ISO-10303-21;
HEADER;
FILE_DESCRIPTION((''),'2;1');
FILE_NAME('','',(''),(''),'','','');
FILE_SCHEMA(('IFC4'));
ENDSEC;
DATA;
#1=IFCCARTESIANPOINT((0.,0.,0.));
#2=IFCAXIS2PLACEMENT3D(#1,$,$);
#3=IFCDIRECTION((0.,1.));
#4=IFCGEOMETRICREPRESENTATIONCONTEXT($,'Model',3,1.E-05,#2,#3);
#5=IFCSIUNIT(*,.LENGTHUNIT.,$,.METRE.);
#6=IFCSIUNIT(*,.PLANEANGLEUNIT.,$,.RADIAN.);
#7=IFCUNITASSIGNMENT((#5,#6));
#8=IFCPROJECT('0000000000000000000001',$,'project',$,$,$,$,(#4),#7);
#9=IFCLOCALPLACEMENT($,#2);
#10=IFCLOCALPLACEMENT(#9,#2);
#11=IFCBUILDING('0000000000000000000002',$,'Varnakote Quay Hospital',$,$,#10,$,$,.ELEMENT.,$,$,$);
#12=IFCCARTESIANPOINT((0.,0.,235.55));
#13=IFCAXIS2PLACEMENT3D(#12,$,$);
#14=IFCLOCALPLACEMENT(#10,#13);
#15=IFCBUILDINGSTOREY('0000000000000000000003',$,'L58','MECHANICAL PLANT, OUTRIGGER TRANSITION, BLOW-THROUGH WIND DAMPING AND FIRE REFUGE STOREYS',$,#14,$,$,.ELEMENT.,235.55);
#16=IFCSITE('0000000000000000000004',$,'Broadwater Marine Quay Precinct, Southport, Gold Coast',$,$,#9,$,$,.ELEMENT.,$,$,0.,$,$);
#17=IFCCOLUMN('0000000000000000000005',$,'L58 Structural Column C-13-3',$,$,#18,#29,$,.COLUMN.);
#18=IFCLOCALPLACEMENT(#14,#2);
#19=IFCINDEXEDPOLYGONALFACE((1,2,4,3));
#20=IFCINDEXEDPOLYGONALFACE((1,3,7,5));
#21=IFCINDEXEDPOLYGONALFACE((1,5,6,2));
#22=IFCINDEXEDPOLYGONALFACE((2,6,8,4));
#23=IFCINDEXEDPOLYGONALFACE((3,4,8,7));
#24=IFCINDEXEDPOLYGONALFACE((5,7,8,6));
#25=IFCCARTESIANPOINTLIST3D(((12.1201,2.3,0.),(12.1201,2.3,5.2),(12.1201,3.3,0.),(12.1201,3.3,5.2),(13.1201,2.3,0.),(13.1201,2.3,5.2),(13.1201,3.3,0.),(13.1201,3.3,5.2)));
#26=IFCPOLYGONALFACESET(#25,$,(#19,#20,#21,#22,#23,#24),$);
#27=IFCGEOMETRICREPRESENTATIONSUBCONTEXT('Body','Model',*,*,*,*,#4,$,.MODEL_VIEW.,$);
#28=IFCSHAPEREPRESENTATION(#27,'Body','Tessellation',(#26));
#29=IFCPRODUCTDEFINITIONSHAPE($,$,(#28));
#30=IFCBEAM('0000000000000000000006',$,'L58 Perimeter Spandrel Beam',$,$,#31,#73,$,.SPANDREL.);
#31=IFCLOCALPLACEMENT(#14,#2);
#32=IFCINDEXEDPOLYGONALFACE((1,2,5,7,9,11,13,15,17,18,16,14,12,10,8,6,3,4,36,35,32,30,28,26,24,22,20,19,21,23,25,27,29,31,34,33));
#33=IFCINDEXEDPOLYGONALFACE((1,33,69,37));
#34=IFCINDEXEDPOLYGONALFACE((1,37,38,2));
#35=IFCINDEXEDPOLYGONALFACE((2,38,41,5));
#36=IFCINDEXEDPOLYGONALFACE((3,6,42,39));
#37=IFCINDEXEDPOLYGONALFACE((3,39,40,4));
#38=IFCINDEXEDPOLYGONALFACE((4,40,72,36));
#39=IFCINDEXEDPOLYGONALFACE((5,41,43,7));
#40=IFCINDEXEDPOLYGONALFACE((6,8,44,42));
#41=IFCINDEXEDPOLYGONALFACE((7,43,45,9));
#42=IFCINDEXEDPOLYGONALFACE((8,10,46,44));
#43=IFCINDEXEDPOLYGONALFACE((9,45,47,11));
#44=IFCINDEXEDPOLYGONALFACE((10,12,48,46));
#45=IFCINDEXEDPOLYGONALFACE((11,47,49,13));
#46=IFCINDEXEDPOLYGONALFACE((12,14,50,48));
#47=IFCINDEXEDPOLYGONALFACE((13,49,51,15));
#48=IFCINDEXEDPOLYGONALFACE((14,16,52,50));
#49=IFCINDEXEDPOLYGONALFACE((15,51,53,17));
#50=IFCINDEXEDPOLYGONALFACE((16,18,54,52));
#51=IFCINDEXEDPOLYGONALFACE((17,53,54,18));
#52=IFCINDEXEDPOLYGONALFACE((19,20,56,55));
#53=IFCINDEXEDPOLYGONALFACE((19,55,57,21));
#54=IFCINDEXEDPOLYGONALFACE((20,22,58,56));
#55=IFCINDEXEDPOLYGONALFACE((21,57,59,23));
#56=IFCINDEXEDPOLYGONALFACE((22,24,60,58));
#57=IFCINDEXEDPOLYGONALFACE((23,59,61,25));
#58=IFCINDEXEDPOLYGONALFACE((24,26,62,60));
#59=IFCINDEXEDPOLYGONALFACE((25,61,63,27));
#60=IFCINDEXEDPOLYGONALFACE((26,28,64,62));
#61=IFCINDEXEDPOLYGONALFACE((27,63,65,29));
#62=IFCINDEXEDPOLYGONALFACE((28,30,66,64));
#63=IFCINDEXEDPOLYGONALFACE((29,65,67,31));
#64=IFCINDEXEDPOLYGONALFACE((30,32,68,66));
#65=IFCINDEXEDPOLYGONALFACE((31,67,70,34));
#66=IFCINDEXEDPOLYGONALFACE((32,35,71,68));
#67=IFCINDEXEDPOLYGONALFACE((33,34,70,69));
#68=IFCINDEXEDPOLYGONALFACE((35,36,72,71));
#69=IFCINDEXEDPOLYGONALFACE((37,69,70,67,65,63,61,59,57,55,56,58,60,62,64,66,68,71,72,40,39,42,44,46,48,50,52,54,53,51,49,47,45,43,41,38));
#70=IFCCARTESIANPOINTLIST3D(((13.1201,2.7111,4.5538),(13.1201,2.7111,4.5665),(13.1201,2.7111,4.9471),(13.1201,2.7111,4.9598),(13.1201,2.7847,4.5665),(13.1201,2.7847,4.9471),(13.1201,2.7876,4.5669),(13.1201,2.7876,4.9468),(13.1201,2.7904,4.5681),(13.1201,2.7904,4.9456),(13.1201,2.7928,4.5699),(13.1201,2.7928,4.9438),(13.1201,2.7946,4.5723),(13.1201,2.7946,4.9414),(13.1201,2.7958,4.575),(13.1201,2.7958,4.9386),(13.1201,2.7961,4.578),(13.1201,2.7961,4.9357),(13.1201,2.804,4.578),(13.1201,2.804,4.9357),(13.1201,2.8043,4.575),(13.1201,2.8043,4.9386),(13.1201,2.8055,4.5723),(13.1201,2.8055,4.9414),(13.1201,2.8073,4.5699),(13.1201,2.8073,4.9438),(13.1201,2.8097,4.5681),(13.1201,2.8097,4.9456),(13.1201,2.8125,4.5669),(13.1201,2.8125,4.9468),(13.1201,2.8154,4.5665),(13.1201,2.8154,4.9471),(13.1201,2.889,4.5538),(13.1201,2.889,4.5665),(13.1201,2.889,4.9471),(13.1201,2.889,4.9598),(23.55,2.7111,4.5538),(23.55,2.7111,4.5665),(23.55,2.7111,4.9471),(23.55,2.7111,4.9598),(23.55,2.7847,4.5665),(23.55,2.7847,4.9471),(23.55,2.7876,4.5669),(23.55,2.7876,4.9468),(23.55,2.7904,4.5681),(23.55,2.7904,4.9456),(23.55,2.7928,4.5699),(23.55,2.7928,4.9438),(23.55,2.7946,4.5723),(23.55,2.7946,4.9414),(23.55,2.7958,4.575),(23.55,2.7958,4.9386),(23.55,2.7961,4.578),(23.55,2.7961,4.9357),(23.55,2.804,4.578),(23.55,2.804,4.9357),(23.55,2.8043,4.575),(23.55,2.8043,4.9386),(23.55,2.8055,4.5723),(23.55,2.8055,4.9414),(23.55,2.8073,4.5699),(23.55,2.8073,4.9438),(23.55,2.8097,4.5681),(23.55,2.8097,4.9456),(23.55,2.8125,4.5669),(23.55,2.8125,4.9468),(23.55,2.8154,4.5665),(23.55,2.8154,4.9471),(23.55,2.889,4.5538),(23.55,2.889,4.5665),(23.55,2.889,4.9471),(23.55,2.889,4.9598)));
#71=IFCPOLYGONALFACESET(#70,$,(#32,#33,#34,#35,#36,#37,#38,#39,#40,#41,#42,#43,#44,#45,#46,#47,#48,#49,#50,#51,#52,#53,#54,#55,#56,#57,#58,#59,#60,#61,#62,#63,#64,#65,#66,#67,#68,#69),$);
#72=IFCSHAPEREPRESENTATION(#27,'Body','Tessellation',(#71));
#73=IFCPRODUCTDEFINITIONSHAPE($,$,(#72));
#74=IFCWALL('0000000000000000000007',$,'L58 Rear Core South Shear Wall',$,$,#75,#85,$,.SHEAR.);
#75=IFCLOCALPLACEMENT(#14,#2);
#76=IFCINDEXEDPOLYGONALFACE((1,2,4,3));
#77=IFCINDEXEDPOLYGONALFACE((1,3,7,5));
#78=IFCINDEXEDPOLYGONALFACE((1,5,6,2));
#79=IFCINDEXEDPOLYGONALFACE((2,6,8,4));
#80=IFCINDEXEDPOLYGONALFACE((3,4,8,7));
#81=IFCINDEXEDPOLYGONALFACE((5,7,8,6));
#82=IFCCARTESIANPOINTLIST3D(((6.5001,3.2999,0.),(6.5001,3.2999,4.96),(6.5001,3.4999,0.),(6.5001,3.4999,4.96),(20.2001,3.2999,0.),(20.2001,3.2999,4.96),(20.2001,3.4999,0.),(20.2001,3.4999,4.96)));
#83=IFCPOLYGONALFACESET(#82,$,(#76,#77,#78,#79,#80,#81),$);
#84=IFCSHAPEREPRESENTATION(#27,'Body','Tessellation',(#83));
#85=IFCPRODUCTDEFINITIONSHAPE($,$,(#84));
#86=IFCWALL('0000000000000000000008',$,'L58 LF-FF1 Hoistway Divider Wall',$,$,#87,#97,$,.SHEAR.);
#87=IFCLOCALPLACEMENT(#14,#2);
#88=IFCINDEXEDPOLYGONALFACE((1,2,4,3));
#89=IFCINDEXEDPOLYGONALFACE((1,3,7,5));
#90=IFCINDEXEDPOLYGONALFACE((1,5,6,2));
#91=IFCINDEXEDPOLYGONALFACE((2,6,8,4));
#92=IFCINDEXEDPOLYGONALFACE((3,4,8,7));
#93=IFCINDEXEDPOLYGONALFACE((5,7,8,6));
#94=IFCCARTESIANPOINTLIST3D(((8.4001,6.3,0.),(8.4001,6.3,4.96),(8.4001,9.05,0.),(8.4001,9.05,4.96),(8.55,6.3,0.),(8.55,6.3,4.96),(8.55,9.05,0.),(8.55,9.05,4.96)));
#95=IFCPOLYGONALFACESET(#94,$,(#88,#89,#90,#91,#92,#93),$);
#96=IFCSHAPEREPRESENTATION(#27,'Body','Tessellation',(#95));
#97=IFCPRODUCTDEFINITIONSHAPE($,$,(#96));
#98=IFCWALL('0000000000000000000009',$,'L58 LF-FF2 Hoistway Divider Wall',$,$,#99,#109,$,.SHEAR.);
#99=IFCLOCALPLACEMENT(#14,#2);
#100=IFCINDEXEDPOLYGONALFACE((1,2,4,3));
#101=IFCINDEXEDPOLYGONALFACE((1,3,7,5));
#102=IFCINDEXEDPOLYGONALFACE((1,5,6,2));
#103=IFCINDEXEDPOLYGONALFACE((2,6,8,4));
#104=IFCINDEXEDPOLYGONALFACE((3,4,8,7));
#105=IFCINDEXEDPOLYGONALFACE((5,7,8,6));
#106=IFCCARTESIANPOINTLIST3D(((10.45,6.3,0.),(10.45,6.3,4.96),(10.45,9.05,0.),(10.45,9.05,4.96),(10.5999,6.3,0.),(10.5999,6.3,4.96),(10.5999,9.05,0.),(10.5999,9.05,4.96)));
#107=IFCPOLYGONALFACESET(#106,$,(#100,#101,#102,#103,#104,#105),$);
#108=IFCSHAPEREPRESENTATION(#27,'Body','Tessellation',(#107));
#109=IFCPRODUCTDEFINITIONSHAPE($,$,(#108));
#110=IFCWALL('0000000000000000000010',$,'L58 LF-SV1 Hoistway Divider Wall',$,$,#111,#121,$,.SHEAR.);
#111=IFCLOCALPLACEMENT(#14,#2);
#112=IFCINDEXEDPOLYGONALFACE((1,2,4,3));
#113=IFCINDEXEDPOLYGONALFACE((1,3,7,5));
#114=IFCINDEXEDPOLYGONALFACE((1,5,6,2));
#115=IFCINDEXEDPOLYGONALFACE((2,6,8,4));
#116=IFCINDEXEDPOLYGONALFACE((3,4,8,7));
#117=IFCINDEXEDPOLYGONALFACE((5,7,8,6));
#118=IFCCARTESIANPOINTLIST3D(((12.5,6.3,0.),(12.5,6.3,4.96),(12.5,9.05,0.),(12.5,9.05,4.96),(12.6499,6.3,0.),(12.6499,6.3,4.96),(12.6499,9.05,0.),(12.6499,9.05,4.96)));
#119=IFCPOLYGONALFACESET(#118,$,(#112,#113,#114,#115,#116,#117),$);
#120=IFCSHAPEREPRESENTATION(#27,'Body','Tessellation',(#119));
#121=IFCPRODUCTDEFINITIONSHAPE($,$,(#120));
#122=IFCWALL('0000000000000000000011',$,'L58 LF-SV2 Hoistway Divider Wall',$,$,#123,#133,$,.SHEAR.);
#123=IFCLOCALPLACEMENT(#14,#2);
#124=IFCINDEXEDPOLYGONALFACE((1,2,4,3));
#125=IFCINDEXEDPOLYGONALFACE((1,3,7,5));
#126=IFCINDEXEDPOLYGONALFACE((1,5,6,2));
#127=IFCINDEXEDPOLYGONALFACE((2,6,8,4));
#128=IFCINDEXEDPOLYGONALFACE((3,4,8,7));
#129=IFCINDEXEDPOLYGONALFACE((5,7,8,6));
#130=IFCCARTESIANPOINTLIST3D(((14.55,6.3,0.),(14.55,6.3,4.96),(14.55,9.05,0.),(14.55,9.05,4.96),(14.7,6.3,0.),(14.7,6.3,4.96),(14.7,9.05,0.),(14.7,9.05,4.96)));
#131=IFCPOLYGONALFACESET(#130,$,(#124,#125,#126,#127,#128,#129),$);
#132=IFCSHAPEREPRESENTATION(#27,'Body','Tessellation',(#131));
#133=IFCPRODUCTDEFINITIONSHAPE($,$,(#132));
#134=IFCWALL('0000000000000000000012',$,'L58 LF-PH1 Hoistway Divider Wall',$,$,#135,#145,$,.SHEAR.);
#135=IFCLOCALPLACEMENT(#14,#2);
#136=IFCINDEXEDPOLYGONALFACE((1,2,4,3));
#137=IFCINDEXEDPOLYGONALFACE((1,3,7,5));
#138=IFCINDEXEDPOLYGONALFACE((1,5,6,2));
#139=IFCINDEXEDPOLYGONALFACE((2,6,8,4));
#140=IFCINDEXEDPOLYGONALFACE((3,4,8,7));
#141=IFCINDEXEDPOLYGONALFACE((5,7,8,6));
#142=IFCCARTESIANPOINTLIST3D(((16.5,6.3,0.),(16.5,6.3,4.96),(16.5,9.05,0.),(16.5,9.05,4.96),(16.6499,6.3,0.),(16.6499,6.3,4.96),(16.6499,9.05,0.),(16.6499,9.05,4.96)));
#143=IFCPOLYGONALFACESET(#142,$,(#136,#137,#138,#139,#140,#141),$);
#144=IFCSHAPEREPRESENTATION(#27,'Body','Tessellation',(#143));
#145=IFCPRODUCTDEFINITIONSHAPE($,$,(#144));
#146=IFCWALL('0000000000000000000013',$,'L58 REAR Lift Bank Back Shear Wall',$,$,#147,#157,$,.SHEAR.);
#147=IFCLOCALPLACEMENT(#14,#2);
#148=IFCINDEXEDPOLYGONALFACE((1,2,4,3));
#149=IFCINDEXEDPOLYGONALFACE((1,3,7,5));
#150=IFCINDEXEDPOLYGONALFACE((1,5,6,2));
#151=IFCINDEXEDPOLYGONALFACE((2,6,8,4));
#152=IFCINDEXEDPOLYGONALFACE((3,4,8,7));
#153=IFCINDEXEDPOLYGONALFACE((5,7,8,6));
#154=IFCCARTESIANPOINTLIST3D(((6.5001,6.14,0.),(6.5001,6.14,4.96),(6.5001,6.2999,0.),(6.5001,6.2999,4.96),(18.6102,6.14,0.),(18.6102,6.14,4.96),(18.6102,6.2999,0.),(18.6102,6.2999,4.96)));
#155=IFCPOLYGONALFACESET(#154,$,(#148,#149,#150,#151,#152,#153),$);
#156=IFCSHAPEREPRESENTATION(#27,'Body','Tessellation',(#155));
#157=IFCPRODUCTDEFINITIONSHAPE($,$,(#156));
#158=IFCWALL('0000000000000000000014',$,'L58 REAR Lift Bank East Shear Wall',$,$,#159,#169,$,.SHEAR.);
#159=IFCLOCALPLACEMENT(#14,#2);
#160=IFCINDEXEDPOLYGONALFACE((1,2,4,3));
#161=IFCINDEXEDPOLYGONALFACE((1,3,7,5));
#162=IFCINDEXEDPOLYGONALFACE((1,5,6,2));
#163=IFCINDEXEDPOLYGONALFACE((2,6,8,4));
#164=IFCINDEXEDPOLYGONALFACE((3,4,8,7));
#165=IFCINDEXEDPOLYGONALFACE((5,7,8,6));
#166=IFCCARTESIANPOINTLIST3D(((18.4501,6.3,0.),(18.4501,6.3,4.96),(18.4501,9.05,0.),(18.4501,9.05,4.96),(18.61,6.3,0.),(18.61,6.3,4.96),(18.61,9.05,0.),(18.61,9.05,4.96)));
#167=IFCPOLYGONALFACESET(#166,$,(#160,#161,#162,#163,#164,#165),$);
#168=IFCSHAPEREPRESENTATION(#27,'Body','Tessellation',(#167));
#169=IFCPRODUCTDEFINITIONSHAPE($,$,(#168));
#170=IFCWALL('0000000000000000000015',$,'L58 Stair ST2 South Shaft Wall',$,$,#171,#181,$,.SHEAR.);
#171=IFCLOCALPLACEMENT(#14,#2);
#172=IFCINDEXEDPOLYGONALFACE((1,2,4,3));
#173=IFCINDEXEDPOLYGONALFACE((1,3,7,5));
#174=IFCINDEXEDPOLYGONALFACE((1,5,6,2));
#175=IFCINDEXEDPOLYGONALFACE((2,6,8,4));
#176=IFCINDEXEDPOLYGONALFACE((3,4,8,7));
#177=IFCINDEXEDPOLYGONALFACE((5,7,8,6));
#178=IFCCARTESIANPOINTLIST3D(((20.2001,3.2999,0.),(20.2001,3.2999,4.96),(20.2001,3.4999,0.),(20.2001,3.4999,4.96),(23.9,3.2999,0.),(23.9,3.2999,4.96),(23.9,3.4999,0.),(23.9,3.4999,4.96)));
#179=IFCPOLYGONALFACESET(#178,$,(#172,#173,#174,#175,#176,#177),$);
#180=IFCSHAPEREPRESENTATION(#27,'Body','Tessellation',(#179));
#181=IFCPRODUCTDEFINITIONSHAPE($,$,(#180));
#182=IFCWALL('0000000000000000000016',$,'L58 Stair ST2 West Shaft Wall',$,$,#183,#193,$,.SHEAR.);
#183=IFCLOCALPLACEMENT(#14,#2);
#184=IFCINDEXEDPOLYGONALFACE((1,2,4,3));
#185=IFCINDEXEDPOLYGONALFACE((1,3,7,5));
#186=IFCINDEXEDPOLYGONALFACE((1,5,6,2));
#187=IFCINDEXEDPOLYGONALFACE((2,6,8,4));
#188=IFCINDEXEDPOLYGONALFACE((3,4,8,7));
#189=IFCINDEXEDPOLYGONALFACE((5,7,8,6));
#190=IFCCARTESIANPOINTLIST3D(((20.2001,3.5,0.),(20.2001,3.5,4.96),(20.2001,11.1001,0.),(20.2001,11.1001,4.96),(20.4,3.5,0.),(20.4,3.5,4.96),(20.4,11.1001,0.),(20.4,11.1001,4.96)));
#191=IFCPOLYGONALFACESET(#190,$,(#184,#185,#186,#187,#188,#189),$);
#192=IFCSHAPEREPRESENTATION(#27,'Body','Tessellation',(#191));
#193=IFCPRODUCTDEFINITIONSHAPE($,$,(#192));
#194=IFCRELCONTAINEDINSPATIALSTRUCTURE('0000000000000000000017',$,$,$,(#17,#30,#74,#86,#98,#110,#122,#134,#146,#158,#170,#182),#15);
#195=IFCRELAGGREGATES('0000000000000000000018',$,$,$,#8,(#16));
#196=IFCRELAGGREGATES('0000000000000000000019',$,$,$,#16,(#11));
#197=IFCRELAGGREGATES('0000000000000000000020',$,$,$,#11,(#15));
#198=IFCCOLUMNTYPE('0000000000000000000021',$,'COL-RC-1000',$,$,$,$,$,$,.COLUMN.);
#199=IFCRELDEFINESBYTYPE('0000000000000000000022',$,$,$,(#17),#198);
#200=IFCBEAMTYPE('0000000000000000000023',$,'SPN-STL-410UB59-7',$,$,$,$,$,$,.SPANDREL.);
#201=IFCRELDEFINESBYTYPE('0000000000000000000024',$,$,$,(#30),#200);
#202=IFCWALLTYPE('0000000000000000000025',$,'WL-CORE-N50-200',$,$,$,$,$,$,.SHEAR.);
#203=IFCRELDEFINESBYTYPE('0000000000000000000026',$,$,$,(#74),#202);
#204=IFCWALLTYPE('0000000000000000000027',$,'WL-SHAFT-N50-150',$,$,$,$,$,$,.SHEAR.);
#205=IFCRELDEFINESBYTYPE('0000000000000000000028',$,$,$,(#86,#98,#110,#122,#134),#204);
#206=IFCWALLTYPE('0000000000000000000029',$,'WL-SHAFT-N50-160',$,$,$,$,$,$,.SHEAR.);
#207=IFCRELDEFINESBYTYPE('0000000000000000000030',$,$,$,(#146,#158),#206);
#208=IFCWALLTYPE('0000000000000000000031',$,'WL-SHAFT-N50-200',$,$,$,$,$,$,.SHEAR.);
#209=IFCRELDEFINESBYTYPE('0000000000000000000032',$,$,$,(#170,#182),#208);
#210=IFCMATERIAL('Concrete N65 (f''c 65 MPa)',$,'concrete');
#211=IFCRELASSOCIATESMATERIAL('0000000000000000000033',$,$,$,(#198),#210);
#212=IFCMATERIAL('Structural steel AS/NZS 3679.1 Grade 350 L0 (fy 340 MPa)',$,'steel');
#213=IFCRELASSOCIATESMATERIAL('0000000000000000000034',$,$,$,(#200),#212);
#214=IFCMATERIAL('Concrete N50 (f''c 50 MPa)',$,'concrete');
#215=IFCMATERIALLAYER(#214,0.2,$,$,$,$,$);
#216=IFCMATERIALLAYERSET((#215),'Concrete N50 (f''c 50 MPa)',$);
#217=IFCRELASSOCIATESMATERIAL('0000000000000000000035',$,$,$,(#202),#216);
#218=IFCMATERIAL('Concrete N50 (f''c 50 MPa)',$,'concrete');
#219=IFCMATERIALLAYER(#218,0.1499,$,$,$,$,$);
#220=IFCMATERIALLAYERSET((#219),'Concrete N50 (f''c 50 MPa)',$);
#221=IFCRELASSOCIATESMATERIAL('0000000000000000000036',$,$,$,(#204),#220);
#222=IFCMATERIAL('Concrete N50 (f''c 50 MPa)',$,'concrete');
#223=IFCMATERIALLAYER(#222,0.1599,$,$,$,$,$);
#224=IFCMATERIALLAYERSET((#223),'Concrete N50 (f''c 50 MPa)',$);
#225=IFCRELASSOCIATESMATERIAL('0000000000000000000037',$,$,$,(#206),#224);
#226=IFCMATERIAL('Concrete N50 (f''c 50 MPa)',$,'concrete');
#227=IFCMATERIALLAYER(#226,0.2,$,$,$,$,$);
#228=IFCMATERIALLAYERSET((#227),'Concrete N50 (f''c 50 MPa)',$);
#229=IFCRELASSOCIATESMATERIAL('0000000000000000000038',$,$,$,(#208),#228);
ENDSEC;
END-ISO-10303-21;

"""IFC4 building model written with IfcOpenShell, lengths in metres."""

from ifc_helpers import new_model, si_unit, direction, frame, frame_2d, origin, origin_2d, place, context, subcontext, project, spatial, rectangle, i_section, extrude, material, layer, layer_set, material_profile, profile_set, type_object, element, save


model = new_model("IFC4")

# Units and contexts
model_context = context("Model", 3, precision=1e-05, world=origin(), true_north=direction((0.0, 1.0)))
body_context = subcontext(model_context, "Body", "Model", "MODEL_VIEW")
ifc_project = project(units=[si_unit("LENGTHUNIT", "METRE"), si_unit("PLANEANGLEUNIT", "RADIAN")], contexts=[model_context])

# Site, building, storey
site_placement = place(None, origin())
site = spatial("IfcSite", under=ifc_project, at=site_placement, Name="Broadwater Marine Quay Precinct, Southport, Gold Coast", CompositionType="ELEMENT", RefElevation=0.0)
building_placement = place(site_placement, origin())
building = spatial("IfcBuilding", under=site, at=building_placement, Name="Varnakote Quay Hospital", CompositionType="ELEMENT")
storey_placement = place(building_placement, frame((0.0, 0.0, 235.55)))
storey = spatial("IfcBuildingStorey", under=building, at=storey_placement, Name="L58", Description="MECHANICAL PLANT, OUTRIGGER TRANSITION, BLOW-THROUGH WIND DAMPING AND FIRE REFUGE STOREYS", CompositionType="ELEMENT", Elevation=235.55)

# Column
ifc_material_1 = material(Name="Concrete N65 (f'c 65 MPa)", Category="concrete")
ifc_material_profile_1 = material_profile(ifc_material_1, rectangle(XDim=1.0, YDim=1.0, at=origin_2d()), Name="RC-COL-1000x1000")
ifc_profile_set_1 = profile_set([ifc_material_profile_1], Name="Concrete N65 (f'c 65 MPa)")
column_type = type_object("IfcColumnType", Name="COL-RC-1000", PredefinedType="COLUMN", material=ifc_profile_set_1)
column_placement = place(storey_placement, frame((12.6201, 2.8, 0.0), z_axis=(0.0, 0.0, 1.0), x_axis=(1.0, 0.0, 0.0)))
element("IfcColumn", 1, at=column_placement, inside=storey, type_object=column_type, Name="L58 Structural Column C-13-3", PredefinedType="COLUMN", context=body_context, shape_type="SweptSolid", body=[
    extrude(rectangle(XDim=1.0, YDim=1.0, at=origin_2d()), origin(), (0.0, 0.0, 1.0), 5.2),
])

# Beam
ifc_material_2 = material(Name="Structural steel AS/NZS 3679.1 Grade 350 L0 (fy 340 MPa)", Category="steel")
ifc_material_profile_2 = material_profile(ifc_material_2, i_section(OverallWidth=0.178, OverallDepth=0.406, WebThickness=0.0078, FlangeThickness=0.0127, FilletRadius=0.0115, at=origin_2d()), Name="410UB59.7")
ifc_profile_set_2 = profile_set([ifc_material_profile_2], Name="Structural steel AS/NZS 3679.1 Grade 350 L0 (fy 340 MPa)")
beam_type = type_object("IfcBeamType", Name="SPN-STL-410UB59-7", PredefinedType="SPANDREL", material=ifc_profile_set_2)
beam_placement = place(storey_placement, frame((13.1201, 2.8, 4.7568), z_axis=(1.0, 0.0, 0.0), x_axis=(0.0, 1.0, 0.0)))
element("IfcBeam", 2, at=beam_placement, inside=storey, type_object=beam_type, Name="L58 Perimeter Spandrel Beam", PredefinedType="SPANDREL", context=body_context, shape_type="SweptSolid", body=[
    extrude(i_section(OverallWidth=0.178, OverallDepth=0.406, WebThickness=0.0078, FlangeThickness=0.0127, FilletRadius=0.0115, at=origin_2d()), origin(), (0.0, 0.0, 1.0), 10.4299),
])

# Walls
ifc_material_3 = material(Name="Concrete N50 (f'c 50 MPa)", Category="concrete")
ifc_layer_1 = layer(ifc_material_3, 0.2)
ifc_layer_set_1 = layer_set([ifc_layer_1], Name="Concrete N50 (f'c 50 MPa)")
wall_type_1 = type_object("IfcWallType", Name="WL-CORE-N50-200", PredefinedType="SHEAR", material=ifc_layer_set_1)
wall_1_placement = place(storey_placement, frame((6.5, 3.3999, 0.0), z_axis=(0.0, 0.0, 1.0), x_axis=(1.0, 0.0, 0.0)))
element("IfcWall", 3, at=wall_1_placement, inside=storey, type_object=wall_type_1, Name="L58 Rear Core South Shear Wall", PredefinedType="SHEAR", context=body_context, shape_type="SweptSolid", body=[
    extrude(rectangle(XDim=13.7, YDim=0.2, at=frame_2d((6.8501, 0.0))), origin(), (0.0, 0.0, 1.0), 4.96),
])
ifc_material_4 = material(Name="Concrete N50 (f'c 50 MPa)", Category="concrete")
ifc_layer_2 = layer(ifc_material_4, 0.1499)
ifc_layer_set_2 = layer_set([ifc_layer_2], Name="Concrete N50 (f'c 50 MPa)")
wall_type_2 = type_object("IfcWallType", Name="WL-SHAFT-N50-150", PredefinedType="SHEAR", material=ifc_layer_set_2)
for number, where, z_axis, x_axis, name in (
    (4, (8.4751, 6.3, 0.0), (0.0, 0.0, 1.0), (0.0, 1.0, 0.0), "L58 LF-FF1 Hoistway Divider Wall"),
    (5, (10.5249, 6.3, 0.0), (0.0, 0.0, 1.0), (0.0, 1.0, 0.0), "L58 LF-FF2 Hoistway Divider Wall"),
    (6, (12.575, 6.3, 0.0), (0.0, 0.0, 1.0), (0.0, 1.0, 0.0), "L58 LF-SV1 Hoistway Divider Wall"),
    (7, (14.625, 6.3, 0.0), (0.0, 0.0, 1.0), (0.0, 1.0, 0.0), "L58 LF-SV2 Hoistway Divider Wall"),
    (8, (16.575, 6.3, 0.0), (0.0, 0.0, 1.0), (0.0, 1.0, 0.0), "L58 LF-PH1 Hoistway Divider Wall"),
):
    element("IfcWall", number, at=place(storey_placement, frame(where, z_axis=z_axis, x_axis=x_axis)), inside=storey, type_object=wall_type_2, Name=name, PredefinedType="SHEAR", context=body_context, shape_type="SweptSolid", body=[
        extrude(rectangle(XDim=2.75, YDim=0.1499, at=frame_2d((1.375, 0.0))), origin(), (0.0, 0.0, 1.0), 4.96),
    ])
ifc_material_5 = material(Name="Concrete N50 (f'c 50 MPa)", Category="concrete")
ifc_layer_3 = layer(ifc_material_5, 0.1599)
ifc_layer_set_3 = layer_set([ifc_layer_3], Name="Concrete N50 (f'c 50 MPa)")
wall_type_3 = type_object("IfcWallType", Name="WL-SHAFT-N50-160", PredefinedType="SHEAR", material=ifc_layer_set_3)
wall_2_placement = place(storey_placement, frame((6.5, 6.22, 0.0), z_axis=(0.0, 0.0, 1.0), x_axis=(1.0, 0.0, 0.0)))
element("IfcWall", 9, at=wall_2_placement, inside=storey, type_object=wall_type_3, Name="L58 REAR Lift Bank Back Shear Wall", PredefinedType="SHEAR", context=body_context, shape_type="SweptSolid", body=[
    extrude(rectangle(XDim=12.1101, YDim=0.1599, at=frame_2d((6.0552, 0.0))), origin(), (0.0, 0.0, 1.0), 4.96),
])
wall_3_placement = place(storey_placement, frame((18.53, 6.3, 0.0), z_axis=(0.0, 0.0, 1.0), x_axis=(0.0, 1.0, 0.0)))
element("IfcWall", 10, at=wall_3_placement, inside=storey, type_object=wall_type_3, Name="L58 REAR Lift Bank East Shear Wall", PredefinedType="SHEAR", context=body_context, shape_type="SweptSolid", body=[
    extrude(rectangle(XDim=2.75, YDim=0.1599, at=frame_2d((1.375, 0.0))), origin(), (0.0, 0.0, 1.0), 4.96),
])

# Walls
ifc_material_6 = material(Name="Concrete N50 (f'c 50 MPa)", Category="concrete")
ifc_layer_4 = layer(ifc_material_6, 0.2)
ifc_layer_set_4 = layer_set([ifc_layer_4], Name="Concrete N50 (f'c 50 MPa)")
wall_type_4 = type_object("IfcWallType", Name="WL-SHAFT-N50-200", PredefinedType="SHEAR", material=ifc_layer_set_4)
wall_4_placement = place(storey_placement, frame((20.2, 3.3999, 0.0), z_axis=(0.0, 0.0, 1.0), x_axis=(1.0, 0.0, 0.0)))
element("IfcWall", 11, at=wall_4_placement, inside=storey, type_object=wall_type_4, Name="L58 Stair ST2 South Shaft Wall", PredefinedType="SHEAR", context=body_context, shape_type="SweptSolid", body=[
    extrude(rectangle(XDim=3.7, YDim=0.2, at=frame_2d((1.8501, 0.0))), origin(), (0.0, 0.0, 1.0), 4.96),
])
wall_5_placement = place(storey_placement, frame((20.3, 3.5, 0.0), z_axis=(0.0, 0.0, 1.0), x_axis=(0.0, 1.0, 0.0)))
element("IfcWall", 12, at=wall_5_placement, inside=storey, type_object=wall_type_4, Name="L58 Stair ST2 West Shaft Wall", PredefinedType="SHEAR", context=body_context, shape_type="SweptSolid", body=[
    extrude(rectangle(XDim=7.6001, YDim=0.2, at=frame_2d((3.8, 0.0))), origin(), (0.0, 0.0, 1.0), 4.96),
])

save(model, "model.ifc")
